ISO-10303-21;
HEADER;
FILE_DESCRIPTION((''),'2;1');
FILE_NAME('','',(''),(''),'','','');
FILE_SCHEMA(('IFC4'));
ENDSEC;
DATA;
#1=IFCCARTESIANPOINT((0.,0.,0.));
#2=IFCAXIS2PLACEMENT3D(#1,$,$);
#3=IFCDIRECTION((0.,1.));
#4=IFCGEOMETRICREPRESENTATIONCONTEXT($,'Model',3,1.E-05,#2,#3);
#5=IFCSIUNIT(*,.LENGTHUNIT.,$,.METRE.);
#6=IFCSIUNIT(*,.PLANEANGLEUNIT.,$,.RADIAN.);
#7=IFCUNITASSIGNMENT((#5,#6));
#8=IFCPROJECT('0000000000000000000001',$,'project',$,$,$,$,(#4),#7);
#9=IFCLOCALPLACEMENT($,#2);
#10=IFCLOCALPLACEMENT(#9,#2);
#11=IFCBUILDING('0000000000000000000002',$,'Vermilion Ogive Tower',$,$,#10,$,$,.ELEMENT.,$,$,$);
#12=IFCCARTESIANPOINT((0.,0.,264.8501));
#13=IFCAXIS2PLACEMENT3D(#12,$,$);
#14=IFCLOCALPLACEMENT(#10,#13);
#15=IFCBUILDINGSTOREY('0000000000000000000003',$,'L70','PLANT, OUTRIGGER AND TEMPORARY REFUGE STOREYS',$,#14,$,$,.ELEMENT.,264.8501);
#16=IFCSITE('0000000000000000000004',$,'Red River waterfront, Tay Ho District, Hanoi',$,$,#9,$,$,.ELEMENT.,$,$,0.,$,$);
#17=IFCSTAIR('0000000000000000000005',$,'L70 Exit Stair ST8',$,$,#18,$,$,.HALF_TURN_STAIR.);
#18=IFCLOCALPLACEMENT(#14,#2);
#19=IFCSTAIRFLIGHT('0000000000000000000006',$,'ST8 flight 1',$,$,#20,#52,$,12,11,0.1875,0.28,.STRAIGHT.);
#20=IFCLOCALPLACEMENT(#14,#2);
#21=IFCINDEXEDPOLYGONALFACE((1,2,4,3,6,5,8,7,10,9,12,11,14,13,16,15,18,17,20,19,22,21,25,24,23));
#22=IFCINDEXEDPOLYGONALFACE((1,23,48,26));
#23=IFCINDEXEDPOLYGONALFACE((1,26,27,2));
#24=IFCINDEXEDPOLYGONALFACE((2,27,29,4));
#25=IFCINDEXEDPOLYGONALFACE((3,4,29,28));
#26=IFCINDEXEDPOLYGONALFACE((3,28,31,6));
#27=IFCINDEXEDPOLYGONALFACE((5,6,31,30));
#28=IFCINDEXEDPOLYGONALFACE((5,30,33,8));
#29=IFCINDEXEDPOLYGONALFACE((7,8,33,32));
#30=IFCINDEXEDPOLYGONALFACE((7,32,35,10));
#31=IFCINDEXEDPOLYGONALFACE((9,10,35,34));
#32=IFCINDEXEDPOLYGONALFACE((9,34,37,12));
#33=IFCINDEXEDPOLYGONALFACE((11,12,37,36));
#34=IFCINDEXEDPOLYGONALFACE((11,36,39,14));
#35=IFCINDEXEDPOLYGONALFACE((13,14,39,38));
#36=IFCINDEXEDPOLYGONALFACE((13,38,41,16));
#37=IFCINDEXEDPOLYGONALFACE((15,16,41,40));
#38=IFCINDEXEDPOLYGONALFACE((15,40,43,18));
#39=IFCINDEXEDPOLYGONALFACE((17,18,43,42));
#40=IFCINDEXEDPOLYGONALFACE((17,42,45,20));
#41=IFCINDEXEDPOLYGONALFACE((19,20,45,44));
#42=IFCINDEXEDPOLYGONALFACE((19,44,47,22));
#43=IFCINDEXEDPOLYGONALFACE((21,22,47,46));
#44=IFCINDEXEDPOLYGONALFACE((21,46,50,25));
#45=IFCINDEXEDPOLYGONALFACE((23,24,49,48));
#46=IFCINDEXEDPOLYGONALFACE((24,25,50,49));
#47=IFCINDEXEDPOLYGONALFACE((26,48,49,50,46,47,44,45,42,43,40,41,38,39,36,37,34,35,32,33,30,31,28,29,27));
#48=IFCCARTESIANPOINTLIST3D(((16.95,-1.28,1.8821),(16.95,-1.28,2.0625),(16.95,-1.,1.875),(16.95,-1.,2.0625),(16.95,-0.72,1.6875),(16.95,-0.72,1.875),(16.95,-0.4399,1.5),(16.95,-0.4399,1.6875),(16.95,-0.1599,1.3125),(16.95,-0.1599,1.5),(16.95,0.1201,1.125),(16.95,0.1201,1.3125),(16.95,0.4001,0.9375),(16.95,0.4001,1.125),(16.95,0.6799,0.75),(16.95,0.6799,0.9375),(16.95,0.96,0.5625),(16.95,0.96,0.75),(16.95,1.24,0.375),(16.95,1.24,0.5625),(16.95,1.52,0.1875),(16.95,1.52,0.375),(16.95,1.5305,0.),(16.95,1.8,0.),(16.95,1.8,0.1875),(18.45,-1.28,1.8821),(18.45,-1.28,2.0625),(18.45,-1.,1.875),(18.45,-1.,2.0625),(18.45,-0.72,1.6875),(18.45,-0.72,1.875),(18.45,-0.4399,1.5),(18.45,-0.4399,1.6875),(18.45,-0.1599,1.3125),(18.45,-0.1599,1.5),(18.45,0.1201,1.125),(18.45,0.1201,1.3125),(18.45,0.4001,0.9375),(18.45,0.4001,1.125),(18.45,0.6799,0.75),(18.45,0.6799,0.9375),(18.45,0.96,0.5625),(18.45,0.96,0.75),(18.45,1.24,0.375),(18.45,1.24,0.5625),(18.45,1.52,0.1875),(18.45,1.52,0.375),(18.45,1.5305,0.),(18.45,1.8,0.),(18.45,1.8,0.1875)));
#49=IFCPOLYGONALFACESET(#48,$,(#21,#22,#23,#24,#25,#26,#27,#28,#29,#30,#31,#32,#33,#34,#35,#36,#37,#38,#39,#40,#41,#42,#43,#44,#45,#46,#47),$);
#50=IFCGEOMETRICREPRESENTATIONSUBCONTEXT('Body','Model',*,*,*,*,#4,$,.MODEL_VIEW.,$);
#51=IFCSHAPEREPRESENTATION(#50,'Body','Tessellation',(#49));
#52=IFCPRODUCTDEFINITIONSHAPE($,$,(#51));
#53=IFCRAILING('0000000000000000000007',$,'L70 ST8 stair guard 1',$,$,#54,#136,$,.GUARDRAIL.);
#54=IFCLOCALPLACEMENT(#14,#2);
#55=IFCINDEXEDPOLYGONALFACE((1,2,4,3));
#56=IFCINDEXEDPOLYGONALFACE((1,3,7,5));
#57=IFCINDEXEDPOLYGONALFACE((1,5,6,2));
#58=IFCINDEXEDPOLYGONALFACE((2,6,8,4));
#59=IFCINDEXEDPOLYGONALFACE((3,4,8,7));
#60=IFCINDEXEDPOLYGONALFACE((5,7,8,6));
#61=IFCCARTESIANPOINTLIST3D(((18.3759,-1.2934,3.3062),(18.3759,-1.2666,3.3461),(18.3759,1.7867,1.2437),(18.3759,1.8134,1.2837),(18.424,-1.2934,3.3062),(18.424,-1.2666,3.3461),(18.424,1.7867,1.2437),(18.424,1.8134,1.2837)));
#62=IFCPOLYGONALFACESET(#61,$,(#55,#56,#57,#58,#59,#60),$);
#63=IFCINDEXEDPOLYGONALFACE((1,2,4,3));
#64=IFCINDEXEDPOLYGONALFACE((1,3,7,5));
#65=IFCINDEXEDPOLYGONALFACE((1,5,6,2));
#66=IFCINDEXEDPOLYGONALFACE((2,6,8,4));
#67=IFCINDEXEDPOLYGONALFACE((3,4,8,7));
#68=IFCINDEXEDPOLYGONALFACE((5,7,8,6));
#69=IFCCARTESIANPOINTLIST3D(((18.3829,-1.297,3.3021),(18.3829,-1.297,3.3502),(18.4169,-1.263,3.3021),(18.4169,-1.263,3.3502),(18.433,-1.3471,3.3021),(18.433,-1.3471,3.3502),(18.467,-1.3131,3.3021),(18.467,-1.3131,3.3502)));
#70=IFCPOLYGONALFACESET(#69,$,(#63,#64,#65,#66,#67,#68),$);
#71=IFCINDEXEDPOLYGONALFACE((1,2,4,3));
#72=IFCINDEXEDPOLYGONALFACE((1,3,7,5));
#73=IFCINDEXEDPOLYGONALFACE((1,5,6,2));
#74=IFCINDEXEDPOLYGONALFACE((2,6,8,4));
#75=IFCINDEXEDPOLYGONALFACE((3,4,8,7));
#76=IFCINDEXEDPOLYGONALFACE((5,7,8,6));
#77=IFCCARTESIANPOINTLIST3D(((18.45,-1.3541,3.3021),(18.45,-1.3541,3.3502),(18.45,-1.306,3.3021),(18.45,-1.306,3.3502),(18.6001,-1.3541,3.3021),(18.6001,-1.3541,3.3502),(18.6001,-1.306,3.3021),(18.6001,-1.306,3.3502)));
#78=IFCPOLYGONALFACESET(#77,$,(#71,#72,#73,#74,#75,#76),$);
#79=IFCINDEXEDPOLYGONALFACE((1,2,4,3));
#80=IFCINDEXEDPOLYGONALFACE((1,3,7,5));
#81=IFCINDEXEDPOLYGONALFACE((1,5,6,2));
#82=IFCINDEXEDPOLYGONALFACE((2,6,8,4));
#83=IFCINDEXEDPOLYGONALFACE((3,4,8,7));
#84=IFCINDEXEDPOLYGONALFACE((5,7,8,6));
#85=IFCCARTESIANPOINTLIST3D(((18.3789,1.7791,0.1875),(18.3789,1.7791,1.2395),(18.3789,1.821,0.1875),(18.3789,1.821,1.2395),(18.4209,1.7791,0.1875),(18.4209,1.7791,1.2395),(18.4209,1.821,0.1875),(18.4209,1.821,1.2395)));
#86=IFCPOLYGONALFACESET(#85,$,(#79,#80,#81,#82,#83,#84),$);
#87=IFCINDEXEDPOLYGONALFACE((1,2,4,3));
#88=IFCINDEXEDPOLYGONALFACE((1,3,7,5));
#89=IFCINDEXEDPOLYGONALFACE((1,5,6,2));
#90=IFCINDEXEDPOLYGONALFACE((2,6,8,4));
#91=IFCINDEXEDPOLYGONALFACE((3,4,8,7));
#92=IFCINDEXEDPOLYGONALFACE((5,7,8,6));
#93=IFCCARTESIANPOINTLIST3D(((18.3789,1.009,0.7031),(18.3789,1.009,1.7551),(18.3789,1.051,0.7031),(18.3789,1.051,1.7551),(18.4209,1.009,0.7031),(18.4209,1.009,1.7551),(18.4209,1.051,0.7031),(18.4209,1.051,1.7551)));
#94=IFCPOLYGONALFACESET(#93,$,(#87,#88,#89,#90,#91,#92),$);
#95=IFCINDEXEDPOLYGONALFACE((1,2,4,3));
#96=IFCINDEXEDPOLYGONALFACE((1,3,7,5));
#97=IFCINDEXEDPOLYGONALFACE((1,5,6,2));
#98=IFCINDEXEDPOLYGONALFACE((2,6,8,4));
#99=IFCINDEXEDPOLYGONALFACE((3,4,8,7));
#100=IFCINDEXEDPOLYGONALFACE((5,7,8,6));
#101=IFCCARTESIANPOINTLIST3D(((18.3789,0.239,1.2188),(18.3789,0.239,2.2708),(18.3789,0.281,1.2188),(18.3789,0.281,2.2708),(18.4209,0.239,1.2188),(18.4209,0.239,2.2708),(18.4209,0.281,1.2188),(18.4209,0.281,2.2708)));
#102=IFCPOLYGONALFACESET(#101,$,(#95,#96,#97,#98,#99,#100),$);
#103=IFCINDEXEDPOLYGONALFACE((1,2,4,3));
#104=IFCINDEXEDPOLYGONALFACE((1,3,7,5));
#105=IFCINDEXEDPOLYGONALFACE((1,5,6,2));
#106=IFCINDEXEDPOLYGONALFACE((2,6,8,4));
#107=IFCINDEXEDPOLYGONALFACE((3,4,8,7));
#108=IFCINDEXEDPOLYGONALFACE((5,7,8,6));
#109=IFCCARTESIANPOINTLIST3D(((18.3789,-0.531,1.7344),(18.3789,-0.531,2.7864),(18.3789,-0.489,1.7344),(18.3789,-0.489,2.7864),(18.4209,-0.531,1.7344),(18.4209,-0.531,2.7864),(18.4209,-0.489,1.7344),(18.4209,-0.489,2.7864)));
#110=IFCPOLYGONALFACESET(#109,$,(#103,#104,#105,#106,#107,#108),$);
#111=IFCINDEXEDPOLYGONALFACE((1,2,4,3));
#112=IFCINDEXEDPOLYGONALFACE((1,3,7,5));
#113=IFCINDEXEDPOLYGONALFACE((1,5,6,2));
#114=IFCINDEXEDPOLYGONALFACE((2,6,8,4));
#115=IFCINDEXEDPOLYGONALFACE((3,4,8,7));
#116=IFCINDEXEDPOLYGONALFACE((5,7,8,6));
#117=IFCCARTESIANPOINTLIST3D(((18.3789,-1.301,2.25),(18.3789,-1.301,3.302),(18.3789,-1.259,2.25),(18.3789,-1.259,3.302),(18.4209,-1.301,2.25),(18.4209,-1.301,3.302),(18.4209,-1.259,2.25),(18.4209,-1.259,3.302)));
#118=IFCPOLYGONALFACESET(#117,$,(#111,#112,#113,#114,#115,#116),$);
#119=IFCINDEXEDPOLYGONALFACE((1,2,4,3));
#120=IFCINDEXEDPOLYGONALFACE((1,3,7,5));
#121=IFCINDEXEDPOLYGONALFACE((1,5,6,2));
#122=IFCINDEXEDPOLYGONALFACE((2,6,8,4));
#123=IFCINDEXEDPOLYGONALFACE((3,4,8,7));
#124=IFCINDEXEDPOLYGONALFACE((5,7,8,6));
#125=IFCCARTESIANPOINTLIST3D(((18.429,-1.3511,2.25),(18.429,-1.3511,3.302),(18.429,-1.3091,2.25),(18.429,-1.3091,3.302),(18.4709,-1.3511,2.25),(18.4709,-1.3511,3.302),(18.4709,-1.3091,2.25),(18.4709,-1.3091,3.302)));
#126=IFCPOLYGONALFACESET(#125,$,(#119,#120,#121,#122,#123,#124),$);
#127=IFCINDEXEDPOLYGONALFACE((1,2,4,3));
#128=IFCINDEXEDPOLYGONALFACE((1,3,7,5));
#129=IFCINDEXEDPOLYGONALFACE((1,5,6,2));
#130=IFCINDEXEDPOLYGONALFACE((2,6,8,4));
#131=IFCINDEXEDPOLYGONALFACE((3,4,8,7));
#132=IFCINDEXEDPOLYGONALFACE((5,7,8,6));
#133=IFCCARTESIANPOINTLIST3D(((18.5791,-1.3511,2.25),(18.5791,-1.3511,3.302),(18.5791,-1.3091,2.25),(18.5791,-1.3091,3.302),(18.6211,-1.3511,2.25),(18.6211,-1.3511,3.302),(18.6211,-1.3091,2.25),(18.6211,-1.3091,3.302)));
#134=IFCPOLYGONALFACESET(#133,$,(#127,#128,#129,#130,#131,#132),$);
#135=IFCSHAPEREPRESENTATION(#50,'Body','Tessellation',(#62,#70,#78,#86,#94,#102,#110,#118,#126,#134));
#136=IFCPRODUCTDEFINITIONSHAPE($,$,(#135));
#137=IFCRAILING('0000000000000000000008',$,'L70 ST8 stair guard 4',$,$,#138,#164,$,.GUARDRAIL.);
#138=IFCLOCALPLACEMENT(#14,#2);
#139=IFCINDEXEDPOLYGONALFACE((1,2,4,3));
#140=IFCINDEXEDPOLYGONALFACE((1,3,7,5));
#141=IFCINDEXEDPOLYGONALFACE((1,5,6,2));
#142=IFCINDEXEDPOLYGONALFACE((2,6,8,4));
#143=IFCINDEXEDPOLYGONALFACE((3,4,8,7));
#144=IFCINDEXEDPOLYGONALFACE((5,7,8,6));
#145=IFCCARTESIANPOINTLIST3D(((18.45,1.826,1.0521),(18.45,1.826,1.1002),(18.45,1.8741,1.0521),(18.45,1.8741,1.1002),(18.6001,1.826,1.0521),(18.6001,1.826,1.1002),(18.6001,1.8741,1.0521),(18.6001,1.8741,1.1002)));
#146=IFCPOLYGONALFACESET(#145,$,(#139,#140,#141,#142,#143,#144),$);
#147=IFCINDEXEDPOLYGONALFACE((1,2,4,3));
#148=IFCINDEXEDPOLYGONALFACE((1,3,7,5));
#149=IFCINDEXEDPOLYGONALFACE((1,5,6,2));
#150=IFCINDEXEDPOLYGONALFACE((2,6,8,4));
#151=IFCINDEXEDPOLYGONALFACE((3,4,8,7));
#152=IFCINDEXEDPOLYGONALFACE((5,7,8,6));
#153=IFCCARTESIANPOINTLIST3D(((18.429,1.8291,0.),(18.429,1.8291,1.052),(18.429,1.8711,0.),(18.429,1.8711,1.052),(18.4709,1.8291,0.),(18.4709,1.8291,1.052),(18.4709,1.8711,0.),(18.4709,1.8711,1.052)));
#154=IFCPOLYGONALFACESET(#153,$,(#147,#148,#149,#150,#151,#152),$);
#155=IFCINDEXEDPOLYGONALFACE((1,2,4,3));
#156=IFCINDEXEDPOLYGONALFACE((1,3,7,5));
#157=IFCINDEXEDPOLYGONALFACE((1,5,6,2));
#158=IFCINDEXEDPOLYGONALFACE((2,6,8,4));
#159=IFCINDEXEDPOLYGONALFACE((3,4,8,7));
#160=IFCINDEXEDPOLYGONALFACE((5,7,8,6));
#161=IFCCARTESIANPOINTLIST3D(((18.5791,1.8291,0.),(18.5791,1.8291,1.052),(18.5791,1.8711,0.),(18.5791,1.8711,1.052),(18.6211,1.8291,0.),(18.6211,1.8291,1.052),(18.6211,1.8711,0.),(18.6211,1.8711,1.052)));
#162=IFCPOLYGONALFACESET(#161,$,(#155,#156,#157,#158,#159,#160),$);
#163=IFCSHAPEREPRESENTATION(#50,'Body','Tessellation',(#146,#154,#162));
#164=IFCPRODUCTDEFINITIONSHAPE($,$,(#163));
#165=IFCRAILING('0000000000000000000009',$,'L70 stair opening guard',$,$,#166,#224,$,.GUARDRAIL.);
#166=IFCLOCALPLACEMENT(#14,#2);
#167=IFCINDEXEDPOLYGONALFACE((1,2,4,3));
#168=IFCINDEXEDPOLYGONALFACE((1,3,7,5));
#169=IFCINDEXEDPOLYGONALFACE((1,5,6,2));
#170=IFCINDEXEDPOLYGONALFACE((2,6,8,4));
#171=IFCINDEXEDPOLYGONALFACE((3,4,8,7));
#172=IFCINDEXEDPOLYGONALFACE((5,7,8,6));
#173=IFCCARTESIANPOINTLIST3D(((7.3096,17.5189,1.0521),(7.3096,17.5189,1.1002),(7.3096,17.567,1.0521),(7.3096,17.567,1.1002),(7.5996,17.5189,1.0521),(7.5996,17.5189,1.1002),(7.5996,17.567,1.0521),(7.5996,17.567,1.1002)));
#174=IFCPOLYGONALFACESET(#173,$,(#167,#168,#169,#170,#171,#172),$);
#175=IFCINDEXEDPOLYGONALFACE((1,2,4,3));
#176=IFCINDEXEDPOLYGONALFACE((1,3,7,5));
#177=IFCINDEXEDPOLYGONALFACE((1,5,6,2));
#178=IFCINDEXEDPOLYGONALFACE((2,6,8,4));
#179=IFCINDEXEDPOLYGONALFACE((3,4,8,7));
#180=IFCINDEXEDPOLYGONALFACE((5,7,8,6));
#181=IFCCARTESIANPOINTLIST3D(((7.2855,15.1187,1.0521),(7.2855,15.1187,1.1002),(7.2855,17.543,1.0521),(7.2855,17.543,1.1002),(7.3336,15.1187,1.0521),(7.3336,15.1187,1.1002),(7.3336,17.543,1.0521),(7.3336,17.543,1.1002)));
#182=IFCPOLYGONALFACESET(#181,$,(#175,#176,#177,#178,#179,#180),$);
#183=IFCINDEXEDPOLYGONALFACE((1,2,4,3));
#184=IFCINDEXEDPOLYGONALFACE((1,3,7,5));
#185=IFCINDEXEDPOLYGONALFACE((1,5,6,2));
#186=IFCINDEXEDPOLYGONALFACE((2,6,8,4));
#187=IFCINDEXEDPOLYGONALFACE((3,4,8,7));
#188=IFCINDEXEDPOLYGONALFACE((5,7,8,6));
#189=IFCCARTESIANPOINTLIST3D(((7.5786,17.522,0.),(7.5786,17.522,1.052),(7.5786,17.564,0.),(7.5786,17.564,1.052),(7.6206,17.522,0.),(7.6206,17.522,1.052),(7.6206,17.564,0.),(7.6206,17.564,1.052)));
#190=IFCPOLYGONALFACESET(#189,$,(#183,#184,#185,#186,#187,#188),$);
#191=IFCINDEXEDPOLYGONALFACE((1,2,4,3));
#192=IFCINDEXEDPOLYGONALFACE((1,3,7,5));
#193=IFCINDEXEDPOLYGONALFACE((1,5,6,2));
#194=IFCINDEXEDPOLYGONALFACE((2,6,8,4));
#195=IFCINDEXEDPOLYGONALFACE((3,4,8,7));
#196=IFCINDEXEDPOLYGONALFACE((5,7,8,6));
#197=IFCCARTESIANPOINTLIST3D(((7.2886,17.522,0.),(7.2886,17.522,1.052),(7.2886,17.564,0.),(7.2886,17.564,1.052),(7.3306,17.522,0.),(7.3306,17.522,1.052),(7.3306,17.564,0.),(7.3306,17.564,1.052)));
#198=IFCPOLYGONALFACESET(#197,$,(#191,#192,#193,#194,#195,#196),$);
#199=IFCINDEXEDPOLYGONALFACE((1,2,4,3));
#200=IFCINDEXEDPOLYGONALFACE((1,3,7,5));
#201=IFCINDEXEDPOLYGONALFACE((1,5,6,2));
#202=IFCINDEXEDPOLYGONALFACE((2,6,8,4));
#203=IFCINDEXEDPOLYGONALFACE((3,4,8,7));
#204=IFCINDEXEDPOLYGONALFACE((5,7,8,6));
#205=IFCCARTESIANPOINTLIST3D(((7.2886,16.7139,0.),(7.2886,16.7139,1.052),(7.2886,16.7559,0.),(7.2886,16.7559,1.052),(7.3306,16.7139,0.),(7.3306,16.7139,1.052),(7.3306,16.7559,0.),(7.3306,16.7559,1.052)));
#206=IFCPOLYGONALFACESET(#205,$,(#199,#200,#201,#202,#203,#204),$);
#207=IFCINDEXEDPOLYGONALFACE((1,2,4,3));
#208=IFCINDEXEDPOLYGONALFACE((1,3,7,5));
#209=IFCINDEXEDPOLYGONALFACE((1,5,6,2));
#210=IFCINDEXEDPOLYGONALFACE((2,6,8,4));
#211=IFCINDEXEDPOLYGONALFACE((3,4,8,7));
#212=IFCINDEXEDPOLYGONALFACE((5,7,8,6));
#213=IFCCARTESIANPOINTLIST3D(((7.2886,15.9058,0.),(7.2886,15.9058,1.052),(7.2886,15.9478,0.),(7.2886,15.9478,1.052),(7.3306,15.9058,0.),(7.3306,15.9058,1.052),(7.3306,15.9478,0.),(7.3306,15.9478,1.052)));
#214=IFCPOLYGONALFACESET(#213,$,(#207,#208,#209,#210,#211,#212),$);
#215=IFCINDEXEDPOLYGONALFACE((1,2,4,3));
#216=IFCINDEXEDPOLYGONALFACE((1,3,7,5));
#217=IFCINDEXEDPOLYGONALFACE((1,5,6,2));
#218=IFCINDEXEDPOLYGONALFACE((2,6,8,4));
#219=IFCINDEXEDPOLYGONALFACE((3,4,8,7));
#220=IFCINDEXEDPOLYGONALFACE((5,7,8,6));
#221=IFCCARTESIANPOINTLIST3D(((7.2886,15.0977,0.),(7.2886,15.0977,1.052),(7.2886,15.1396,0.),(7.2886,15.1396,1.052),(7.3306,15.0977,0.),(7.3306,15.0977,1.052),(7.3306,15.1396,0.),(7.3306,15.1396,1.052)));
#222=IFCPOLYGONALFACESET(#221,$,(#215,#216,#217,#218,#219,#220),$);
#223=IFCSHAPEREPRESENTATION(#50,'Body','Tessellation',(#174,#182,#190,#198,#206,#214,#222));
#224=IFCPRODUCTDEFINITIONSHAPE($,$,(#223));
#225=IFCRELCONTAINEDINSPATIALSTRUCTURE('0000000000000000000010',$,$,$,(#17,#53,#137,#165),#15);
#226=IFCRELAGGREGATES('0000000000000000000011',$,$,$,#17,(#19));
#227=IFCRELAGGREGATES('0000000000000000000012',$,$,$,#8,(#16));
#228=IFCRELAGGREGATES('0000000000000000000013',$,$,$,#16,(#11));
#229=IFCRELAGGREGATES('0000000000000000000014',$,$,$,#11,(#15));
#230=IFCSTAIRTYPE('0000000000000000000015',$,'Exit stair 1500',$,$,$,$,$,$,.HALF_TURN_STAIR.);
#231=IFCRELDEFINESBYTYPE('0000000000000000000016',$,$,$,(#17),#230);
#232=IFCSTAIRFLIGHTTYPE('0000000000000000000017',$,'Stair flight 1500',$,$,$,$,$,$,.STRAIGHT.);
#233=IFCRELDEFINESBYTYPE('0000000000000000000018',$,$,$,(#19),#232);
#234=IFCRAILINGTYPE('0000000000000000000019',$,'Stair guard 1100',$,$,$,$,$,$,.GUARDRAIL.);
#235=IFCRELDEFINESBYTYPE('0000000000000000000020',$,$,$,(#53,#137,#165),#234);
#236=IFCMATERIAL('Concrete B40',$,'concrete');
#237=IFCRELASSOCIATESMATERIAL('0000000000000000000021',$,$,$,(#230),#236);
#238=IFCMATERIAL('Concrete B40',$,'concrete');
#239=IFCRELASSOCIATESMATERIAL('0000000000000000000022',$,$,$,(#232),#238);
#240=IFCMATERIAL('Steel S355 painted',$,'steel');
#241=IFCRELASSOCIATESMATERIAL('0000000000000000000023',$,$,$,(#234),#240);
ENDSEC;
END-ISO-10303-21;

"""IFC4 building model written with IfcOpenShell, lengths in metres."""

from ifc_helpers import new_model, si_unit, direction, frame, origin, origin_2d, place, context, subcontext, project, spatial, polyline, rectangle, outline, extrude, material, type_object, element, aggregate, save


model = new_model("IFC4")

# Units and contexts
model_context = context("Model", 3, precision=1e-05, world=origin(), true_north=direction((0.0, 1.0)))
body_context = subcontext(model_context, "Body", "Model", "MODEL_VIEW")
ifc_project = project(units=[si_unit("LENGTHUNIT", "METRE"), si_unit("PLANEANGLEUNIT", "RADIAN")], contexts=[model_context])

# Site, building, storey
site_placement = place(None, origin())
site = spatial("IfcSite", under=ifc_project, at=site_placement, Name="Red River waterfront, Tay Ho District, Hanoi", CompositionType="ELEMENT", RefElevation=0.0)
building_placement = place(site_placement, origin())
building = spatial("IfcBuilding", under=site, at=building_placement, Name="Vermilion Ogive Tower", CompositionType="ELEMENT")
storey_placement = place(building_placement, frame((0.0, 0.0, 264.8501)))
storey = spatial("IfcBuildingStorey", under=building, at=storey_placement, Name="L70", Description="PLANT, OUTRIGGER AND TEMPORARY REFUGE STOREYS", CompositionType="ELEMENT", Elevation=264.8501)

# Stair, stair flight
ifc_material_1 = material(Name="Concrete B40", Category="concrete")
stair_type = type_object("IfcStairType", Name="Exit stair 1500", PredefinedType="HALF_TURN_STAIR", material=ifc_material_1)
stair_placement = place(storey_placement, origin())
stair = element("IfcStair", 1, at=stair_placement, inside=storey, type_object=stair_type, Name="L70 Exit Stair ST8", PredefinedType="HALF_TURN_STAIR")
ifc_material_2 = material(Name="Concrete B40", Category="concrete")
stair_flight_type = type_object("IfcStairFlightType", Name="Stair flight 1500", PredefinedType="STRAIGHT", material=ifc_material_2)
stair_flight_placement = place(storey_placement, frame((17.7, 1.8, 0.0), z_axis=(0.0, 0.0, 1.0), x_axis=(0.0, -1.0, 0.0)))
stair_flight = element("IfcStairFlight", 2, at=stair_flight_placement, type_object=stair_flight_type, Name="ST8 flight 1", NumberOfRisers=12, NumberOfTreads=11, PredefinedType="STRAIGHT", RiserHeight=0.1875, TreadLength=0.28, context=body_context, shape_type="SweptSolid", body=[
    extrude(outline(polyline([(0.0, 0.0), (0.0, 0.1875), (0.28, 0.1875), (0.28, 0.375), (0.5601, 0.375), (0.5601, 0.5625), (0.8401, 0.5625), (0.8401, 0.75), (1.1201, 0.75), (1.1201, 0.9375), (1.3999, 0.9375), (1.3999, 1.125), (1.6799, 1.125), (1.6799, 1.3125), (1.96, 1.3125), (1.96, 1.5), (2.24, 1.5), (2.24, 1.6875), (2.52, 1.6875), (2.52, 1.875), (2.8, 1.875), (2.8, 2.0625), (3.0801, 2.0625), (3.0801, 2.25), (3.0801, 1.8821), (0.2695, 0.0), (0.0, 0.0)])), frame((0.0, 0.75, 0.0), z_axis=(0.0, -1.0, 0.0), x_axis=(1.0, 0.0, 0.0)), (0.0, 0.0, 1.0), 1.5),
])
aggregate(stair, [stair_flight])

# Railings
ifc_material_3 = material(Name="Steel S355 painted", Category="steel")
railing_type_1 = type_object("IfcRailingType", Name="Stair guard 1100", PredefinedType="GUARDRAIL", material=ifc_material_3)
railing_1_placement = place(storey_placement, frame((18.3999, 1.8, 0.1875)))
element("IfcRailing", 3, at=railing_1_placement, inside=storey, type_object=railing_type_1, Name="L70 ST8 stair guard 1", PredefinedType="GUARDRAIL", context=body_context, shape_type="SweptSolid", body=[
    extrude(rectangle(XDim=0.0481, YDim=0.0481, at=origin_2d()), frame((0.0, 0.0, 1.0762), z_axis=(0.0, -0.830914, 0.556401), x_axis=(1.0, 0.0, 0.0)), (0.0, 0.0, 1.0), 3.7068),
    extrude(rectangle(XDim=0.0481, YDim=0.0481, at=origin_2d()), frame((0.0, -3.0801, 3.1387), z_axis=(0.707107, -0.707107, 0.0), x_axis=(0.707107, 0.707107, 0.0)), (0.0, 0.0, 1.0), 0.0708),
    extrude(rectangle(XDim=0.0481, YDim=0.0481, at=origin_2d()), frame((0.05, -3.1301, 3.1387), z_axis=(1.0, 0.0, 0.0), x_axis=(0.0, 1.0, 0.0)), (0.0, 0.0, 1.0), 0.1501),
    extrude(rectangle(XDim=0.042, YDim=0.042, at=origin_2d()), origin(), (0.0, 0.0, 1.0), 1.052),
    extrude(rectangle(XDim=0.042, YDim=0.042, at=origin_2d()), frame((0.0, -0.77, 0.5156)), (0.0, 0.0, 1.0), 1.052),
    extrude(rectangle(XDim=0.042, YDim=0.042, at=origin_2d()), frame((0.0, -1.54, 1.0312)), (0.0, 0.0, 1.0), 1.052),
    extrude(rectangle(XDim=0.042, YDim=0.042, at=origin_2d()), frame((0.0, -2.3101, 1.5469)), (0.0, 0.0, 1.0), 1.052),
    extrude(rectangle(XDim=0.042, YDim=0.042, at=origin_2d()), frame((0.0, -3.0801, 2.0625)), (0.0, 0.0, 1.0), 1.052),
    extrude(rectangle(XDim=0.042, YDim=0.042, at=origin_2d()), frame((0.05, -3.1301, 2.0625)), (0.0, 0.0, 1.0), 1.052),
    extrude(rectangle(XDim=0.042, YDim=0.042, at=origin_2d()), frame((0.2002, -3.1301, 2.0625)), (0.0, 0.0, 1.0), 1.052),
])
railing_2_placement = place(storey_placement, frame((18.45, 1.8501, 0.0)))
element("IfcRailing", 4, at=railing_2_placement, inside=storey, type_object=railing_type_1, Name="L70 ST8 stair guard 4", PredefinedType="GUARDRAIL", context=body_context, shape_type="SweptSolid", body=[
    extrude(rectangle(XDim=0.0481, YDim=0.0481, at=origin_2d()), frame((0.0, 0.0, 1.0762), z_axis=(1.0, 0.0, 0.0), x_axis=(0.0, 1.0, 0.0)), (0.0, 0.0, 1.0), 0.1501),
    extrude(rectangle(XDim=0.042, YDim=0.042, at=origin_2d()), origin(), (0.0, 0.0, 1.0), 1.052),
    extrude(rectangle(XDim=0.042, YDim=0.042, at=origin_2d()), frame((0.1501, 0.0, 0.0)), (0.0, 0.0, 1.0), 1.052),
])
railing_3_placement = place(storey_placement, frame((7.5996, 17.543, 0.0)))
element("IfcRailing", 5, at=railing_3_placement, inside=storey, type_object=railing_type_1, Name="L70 stair opening guard", PredefinedType="GUARDRAIL", context=body_context, shape_type="SweptSolid", body=[
    extrude(rectangle(XDim=0.0481, YDim=0.0481, at=origin_2d()), frame((0.0, 0.0, 1.0762), z_axis=(-1.0, 0.0, 0.0), x_axis=(0.0, -1.0, 0.0)), (0.0, 0.0, 1.0), 0.29),
    extrude(rectangle(XDim=0.0481, YDim=0.0481, at=origin_2d()), frame((-0.29, 0.0, 1.0762), z_axis=(0.0, -1.0, 0.0), x_axis=(1.0, 0.0, 0.0)), (0.0, 0.0, 1.0), 2.4243),
    extrude(rectangle(XDim=0.042, YDim=0.042, at=origin_2d()), origin(), (0.0, 0.0, 1.0), 1.052),
    extrude(rectangle(XDim=0.042, YDim=0.042, at=origin_2d()), frame((-0.29, 0.0, 0.0)), (0.0, 0.0, 1.0), 1.052),
    extrude(rectangle(XDim=0.042, YDim=0.042, at=origin_2d()), frame((-0.29, -0.8081, 0.0)), (0.0, 0.0, 1.0), 1.052),
    extrude(rectangle(XDim=0.042, YDim=0.042, at=origin_2d()), frame((-0.29, -1.6162, 0.0)), (0.0, 0.0, 1.0), 1.052),
    extrude(rectangle(XDim=0.042, YDim=0.042, at=origin_2d()), frame((-0.29, -2.4243, 0.0)), (0.0, 0.0, 1.0), 1.052),
])

save(model, "model.ifc")
